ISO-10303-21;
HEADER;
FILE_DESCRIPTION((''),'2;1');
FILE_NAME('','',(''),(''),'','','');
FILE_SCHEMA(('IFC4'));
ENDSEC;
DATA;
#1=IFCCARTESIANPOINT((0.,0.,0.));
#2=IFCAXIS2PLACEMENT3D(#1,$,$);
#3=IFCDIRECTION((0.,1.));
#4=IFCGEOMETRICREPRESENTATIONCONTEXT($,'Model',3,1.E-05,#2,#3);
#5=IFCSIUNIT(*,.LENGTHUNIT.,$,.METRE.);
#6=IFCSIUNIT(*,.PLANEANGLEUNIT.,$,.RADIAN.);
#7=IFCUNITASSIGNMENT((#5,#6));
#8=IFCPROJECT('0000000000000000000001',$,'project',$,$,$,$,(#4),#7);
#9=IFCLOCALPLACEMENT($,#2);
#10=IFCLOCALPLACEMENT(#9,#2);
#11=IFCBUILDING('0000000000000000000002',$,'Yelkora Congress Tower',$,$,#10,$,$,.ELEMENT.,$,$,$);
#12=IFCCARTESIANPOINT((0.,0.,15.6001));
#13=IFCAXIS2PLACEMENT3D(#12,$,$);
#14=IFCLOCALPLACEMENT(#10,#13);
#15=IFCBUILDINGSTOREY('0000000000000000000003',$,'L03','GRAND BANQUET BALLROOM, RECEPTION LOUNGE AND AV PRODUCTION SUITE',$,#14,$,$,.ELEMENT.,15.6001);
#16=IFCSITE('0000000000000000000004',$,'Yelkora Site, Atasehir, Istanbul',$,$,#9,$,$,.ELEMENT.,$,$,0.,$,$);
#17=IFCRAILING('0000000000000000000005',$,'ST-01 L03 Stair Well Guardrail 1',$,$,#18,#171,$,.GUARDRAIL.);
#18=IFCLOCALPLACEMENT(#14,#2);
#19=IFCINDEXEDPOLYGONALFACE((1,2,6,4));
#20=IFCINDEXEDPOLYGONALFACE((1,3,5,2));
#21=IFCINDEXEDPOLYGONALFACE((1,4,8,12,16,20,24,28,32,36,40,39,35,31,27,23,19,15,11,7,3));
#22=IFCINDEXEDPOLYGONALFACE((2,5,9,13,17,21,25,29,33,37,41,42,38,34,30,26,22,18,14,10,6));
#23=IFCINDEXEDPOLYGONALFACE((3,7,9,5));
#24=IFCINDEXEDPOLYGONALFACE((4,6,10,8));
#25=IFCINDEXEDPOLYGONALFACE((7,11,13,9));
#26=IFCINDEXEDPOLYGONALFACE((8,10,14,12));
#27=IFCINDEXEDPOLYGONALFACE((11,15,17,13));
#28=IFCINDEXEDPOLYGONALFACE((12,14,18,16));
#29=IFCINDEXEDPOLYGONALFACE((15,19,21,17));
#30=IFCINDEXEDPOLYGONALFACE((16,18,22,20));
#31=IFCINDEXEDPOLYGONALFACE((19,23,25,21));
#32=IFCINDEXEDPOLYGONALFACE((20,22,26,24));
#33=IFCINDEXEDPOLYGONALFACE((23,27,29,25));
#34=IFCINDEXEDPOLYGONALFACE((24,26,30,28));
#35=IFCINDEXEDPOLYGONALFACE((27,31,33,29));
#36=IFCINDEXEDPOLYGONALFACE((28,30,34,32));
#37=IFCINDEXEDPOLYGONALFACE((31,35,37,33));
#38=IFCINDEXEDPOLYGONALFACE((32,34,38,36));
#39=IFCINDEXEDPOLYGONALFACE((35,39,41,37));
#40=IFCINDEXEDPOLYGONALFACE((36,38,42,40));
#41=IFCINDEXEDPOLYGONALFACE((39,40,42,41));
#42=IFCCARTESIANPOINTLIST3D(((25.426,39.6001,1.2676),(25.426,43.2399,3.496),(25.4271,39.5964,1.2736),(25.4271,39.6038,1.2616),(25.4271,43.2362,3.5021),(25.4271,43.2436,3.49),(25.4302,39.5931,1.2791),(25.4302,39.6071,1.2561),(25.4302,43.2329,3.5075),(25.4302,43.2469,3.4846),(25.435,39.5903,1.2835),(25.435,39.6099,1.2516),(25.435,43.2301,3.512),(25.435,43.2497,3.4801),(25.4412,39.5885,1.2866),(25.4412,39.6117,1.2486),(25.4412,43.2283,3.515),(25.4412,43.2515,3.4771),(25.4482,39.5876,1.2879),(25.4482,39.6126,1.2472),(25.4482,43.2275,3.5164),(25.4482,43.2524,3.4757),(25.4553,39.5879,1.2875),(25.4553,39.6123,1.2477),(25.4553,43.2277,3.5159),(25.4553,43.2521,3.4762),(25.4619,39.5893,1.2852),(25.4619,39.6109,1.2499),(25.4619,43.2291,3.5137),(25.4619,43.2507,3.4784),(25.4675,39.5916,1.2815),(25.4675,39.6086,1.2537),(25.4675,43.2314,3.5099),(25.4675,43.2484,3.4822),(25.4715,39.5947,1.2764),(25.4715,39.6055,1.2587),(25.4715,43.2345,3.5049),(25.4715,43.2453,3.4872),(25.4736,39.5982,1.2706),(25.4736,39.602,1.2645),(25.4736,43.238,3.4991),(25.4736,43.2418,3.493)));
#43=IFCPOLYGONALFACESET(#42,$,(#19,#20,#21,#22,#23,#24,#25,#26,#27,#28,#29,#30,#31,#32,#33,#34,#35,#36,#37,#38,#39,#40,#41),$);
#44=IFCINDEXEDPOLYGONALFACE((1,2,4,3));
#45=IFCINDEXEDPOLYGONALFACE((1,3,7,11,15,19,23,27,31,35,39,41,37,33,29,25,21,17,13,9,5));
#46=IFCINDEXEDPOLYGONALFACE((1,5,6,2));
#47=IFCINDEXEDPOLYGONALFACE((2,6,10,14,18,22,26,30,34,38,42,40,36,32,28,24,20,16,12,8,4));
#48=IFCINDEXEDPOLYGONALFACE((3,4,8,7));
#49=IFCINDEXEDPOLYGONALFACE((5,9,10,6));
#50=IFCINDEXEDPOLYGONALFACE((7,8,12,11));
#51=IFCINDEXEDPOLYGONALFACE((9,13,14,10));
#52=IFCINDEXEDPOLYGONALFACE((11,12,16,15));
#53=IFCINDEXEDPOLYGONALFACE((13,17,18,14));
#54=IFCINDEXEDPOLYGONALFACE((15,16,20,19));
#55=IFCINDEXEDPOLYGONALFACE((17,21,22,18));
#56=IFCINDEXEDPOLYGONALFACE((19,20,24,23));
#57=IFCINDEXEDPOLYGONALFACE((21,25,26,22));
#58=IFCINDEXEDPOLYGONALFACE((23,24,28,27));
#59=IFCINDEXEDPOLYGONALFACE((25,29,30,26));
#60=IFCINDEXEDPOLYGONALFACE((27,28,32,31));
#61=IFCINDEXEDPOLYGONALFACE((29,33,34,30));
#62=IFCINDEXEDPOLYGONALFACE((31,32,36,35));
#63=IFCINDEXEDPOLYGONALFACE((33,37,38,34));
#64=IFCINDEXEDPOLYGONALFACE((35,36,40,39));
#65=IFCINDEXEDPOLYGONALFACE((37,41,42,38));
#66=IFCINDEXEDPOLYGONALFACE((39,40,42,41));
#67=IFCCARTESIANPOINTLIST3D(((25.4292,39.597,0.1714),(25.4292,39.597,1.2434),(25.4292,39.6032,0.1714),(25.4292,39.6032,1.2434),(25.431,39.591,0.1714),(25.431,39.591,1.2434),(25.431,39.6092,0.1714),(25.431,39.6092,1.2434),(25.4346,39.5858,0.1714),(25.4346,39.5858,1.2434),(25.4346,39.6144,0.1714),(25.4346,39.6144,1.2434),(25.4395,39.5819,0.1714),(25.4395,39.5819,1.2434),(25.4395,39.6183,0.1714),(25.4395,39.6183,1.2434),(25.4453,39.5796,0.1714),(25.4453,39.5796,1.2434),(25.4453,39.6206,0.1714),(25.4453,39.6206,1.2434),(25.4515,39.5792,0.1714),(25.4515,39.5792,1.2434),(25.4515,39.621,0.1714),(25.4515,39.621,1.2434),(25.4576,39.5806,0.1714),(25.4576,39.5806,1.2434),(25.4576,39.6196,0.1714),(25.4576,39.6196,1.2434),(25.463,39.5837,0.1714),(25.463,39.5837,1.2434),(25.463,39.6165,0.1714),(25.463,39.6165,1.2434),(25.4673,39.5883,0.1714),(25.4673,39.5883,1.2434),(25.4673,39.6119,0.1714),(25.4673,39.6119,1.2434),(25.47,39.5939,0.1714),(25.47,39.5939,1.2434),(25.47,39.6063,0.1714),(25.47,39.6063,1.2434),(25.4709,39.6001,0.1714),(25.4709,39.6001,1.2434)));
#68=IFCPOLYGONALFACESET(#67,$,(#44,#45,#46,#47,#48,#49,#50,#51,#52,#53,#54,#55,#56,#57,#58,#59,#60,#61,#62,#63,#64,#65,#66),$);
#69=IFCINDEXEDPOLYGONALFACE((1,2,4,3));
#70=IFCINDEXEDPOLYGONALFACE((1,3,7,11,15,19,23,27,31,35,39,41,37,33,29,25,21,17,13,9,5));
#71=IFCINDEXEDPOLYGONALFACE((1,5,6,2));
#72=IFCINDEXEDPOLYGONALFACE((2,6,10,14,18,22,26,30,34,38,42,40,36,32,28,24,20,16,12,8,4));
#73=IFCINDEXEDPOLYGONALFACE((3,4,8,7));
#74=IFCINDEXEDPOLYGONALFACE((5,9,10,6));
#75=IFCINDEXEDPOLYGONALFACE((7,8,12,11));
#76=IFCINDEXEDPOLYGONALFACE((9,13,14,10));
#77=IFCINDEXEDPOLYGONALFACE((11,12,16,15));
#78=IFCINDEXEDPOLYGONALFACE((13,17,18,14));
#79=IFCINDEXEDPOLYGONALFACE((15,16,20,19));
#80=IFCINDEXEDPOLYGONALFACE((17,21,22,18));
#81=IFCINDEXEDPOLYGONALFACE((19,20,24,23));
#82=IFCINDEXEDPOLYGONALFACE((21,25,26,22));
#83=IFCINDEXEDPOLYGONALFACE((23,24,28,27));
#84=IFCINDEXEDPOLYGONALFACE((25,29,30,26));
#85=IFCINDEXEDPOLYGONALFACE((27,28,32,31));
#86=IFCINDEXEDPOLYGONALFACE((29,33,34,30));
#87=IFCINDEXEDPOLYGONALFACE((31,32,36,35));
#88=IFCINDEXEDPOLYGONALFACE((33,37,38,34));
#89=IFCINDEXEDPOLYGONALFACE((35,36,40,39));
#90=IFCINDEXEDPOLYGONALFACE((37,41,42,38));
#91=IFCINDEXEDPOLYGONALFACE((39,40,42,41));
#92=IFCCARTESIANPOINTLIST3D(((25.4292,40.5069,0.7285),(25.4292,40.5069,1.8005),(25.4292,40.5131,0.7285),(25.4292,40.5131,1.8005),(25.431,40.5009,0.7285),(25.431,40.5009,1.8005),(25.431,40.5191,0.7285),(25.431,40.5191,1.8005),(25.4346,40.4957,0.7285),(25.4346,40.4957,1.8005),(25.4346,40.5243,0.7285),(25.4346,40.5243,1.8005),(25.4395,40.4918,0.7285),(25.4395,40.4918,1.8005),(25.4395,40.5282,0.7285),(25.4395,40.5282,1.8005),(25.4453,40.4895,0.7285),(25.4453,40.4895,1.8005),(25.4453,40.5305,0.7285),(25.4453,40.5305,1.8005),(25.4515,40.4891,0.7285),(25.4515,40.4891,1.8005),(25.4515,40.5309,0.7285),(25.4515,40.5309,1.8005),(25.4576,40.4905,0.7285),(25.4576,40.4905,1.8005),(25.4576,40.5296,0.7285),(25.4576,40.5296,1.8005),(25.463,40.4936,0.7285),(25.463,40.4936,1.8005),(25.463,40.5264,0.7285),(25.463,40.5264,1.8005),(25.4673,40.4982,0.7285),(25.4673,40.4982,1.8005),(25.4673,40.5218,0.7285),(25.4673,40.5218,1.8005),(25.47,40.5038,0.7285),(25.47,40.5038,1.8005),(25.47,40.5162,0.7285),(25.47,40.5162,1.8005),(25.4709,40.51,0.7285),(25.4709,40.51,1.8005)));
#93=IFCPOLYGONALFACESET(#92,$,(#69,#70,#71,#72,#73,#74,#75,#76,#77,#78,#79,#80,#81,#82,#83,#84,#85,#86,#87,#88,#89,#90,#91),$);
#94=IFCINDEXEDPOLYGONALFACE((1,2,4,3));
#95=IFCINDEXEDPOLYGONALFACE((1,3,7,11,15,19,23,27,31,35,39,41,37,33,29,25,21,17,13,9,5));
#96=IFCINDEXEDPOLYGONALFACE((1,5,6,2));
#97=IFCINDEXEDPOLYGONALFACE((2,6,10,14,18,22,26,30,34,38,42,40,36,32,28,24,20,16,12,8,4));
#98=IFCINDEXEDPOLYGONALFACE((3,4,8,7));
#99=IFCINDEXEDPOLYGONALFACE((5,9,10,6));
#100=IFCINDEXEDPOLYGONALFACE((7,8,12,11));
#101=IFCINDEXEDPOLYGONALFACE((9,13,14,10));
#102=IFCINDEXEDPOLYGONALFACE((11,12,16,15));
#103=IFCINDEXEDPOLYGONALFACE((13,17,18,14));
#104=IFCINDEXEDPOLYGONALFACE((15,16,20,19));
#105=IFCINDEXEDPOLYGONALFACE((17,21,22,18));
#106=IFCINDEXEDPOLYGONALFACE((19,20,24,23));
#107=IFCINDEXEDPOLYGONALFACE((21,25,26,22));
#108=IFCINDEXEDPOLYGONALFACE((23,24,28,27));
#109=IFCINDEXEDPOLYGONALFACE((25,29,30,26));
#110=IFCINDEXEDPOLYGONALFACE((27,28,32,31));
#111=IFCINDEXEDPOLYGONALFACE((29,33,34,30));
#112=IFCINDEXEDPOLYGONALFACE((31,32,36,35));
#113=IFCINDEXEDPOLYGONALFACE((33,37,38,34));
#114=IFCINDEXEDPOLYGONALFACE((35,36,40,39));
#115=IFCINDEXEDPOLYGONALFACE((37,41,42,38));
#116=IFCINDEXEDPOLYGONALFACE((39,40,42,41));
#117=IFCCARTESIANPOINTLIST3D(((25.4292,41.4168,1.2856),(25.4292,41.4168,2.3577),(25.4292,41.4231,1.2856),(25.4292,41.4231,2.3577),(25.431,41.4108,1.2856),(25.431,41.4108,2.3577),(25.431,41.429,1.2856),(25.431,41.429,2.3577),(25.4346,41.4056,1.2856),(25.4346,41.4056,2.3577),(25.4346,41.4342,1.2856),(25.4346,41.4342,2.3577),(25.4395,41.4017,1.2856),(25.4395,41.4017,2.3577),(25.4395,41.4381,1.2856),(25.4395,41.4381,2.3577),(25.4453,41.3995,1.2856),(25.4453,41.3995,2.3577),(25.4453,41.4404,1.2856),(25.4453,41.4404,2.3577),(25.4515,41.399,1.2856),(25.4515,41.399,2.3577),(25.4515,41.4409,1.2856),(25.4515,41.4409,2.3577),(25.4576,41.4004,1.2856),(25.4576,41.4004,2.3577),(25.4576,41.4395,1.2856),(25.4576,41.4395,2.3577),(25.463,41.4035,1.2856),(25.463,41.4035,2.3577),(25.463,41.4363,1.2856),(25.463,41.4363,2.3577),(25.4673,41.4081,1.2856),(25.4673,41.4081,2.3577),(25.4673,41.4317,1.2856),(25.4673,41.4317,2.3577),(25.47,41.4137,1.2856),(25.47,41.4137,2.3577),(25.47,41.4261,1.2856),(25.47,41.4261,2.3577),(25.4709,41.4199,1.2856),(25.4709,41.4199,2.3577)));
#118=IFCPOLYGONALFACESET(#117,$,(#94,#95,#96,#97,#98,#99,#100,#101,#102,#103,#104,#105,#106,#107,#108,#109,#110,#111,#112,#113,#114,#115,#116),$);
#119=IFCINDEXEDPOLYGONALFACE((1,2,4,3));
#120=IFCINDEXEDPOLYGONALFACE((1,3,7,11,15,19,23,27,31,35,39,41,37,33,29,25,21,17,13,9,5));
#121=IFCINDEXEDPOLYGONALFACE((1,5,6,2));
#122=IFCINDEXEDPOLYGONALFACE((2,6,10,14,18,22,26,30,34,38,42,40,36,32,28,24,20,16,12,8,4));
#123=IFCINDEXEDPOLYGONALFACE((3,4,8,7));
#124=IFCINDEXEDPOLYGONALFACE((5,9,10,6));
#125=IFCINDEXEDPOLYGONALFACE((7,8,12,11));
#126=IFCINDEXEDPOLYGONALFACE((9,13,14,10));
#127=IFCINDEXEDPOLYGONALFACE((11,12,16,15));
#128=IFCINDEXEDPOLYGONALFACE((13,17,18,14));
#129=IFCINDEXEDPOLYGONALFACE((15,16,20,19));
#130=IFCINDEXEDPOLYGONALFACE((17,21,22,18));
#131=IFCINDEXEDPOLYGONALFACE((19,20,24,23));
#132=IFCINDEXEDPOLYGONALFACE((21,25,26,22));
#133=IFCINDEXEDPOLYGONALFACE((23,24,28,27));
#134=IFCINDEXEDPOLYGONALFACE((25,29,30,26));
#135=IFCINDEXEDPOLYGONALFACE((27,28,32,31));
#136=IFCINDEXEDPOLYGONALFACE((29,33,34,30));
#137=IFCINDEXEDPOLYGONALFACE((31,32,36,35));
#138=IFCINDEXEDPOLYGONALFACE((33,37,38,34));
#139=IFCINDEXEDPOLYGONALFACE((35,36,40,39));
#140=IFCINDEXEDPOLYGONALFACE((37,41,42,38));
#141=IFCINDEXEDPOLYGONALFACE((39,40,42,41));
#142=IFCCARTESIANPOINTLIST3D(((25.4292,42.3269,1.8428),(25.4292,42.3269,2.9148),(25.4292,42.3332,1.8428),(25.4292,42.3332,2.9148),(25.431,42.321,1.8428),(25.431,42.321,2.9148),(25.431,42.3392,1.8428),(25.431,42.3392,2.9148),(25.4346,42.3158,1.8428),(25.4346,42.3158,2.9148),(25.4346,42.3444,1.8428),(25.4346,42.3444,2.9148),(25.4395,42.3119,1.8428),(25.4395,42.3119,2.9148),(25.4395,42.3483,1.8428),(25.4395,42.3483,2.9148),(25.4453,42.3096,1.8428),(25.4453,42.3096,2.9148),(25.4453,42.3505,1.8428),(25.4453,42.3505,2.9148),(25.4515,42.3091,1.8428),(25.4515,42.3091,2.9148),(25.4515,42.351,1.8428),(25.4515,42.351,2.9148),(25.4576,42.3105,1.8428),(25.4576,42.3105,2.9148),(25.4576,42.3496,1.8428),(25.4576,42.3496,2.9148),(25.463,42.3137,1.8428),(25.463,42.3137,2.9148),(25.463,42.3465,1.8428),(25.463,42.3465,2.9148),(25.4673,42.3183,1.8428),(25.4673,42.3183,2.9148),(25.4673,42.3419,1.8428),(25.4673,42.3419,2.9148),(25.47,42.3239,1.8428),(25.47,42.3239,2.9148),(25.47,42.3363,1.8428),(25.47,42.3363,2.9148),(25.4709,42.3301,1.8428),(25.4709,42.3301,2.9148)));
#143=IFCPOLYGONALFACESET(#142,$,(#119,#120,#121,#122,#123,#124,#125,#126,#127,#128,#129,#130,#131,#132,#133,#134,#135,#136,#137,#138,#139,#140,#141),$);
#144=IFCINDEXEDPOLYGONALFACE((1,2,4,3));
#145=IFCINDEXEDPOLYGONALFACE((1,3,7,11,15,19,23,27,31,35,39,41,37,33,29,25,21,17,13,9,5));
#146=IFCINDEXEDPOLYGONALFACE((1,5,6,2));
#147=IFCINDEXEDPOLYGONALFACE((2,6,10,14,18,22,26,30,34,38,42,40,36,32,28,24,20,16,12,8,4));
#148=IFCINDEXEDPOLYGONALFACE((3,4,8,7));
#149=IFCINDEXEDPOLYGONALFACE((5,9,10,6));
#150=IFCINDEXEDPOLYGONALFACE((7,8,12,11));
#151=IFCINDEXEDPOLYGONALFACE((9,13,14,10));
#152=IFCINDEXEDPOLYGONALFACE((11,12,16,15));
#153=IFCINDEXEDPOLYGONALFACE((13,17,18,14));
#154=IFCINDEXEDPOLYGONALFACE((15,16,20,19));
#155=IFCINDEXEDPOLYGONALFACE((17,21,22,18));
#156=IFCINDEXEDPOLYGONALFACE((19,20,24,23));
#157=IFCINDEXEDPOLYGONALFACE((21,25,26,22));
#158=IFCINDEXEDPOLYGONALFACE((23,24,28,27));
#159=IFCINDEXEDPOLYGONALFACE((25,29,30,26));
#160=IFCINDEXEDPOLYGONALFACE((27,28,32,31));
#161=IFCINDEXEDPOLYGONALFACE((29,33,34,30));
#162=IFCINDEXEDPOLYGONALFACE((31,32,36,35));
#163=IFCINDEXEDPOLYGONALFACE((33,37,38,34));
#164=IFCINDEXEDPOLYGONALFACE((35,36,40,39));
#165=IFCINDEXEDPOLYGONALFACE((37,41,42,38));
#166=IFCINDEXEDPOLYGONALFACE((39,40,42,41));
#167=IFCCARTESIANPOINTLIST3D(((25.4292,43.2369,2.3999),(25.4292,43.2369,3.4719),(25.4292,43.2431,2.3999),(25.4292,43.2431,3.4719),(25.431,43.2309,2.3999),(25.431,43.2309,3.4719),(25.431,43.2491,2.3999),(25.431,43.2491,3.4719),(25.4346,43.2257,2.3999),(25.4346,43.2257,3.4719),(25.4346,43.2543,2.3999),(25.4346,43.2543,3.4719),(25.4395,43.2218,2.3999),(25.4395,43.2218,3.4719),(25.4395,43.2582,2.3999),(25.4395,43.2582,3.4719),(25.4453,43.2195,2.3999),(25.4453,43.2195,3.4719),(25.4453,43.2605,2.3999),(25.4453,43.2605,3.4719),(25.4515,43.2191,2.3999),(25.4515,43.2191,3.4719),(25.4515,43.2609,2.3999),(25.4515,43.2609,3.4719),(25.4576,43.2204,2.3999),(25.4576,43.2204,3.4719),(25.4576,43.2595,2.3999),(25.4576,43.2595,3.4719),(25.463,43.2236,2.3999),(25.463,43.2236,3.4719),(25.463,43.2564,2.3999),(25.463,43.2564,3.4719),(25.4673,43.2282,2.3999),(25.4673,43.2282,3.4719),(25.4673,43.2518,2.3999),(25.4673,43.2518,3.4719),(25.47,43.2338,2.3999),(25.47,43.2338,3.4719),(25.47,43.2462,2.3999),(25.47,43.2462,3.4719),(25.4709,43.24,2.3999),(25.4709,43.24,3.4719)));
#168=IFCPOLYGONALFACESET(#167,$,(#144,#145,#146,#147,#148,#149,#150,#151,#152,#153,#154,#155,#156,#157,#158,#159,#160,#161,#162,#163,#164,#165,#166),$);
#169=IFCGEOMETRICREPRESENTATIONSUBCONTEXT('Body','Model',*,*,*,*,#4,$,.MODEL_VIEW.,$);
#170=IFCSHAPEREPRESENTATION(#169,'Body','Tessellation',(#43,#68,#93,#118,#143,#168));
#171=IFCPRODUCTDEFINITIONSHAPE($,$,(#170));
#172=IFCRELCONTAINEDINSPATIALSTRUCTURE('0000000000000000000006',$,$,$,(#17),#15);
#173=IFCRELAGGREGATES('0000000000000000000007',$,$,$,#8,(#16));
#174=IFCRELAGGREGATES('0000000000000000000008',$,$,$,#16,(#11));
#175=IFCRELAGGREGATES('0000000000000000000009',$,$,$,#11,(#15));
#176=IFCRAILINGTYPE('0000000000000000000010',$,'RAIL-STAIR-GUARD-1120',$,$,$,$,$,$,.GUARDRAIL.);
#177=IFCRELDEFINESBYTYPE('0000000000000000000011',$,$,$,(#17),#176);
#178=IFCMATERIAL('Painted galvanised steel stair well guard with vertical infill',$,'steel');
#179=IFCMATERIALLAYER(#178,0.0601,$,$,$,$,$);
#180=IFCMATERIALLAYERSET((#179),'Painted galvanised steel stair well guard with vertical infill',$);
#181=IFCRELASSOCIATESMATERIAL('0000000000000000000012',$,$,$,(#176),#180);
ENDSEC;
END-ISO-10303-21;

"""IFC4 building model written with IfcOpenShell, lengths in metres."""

from ifc_helpers import new_model, si_unit, direction, frame, origin, origin_2d, place, context, subcontext, project, spatial, circle, extrude, material, layer, layer_set, type_object, element, save


model = new_model("IFC4")

# Units and contexts
model_context = context("Model", 3, precision=1e-05, world=origin(), true_north=direction((0.0, 1.0)))
body_context = subcontext(model_context, "Body", "Model", "MODEL_VIEW")
ifc_project = project(units=[si_unit("LENGTHUNIT", "METRE"), si_unit("PLANEANGLEUNIT", "RADIAN")], contexts=[model_context])

# Site, building, storey
site_placement = place(None, origin())
site = spatial("IfcSite", under=ifc_project, at=site_placement, Name="Yelkora Site, Atasehir, Istanbul", CompositionType="ELEMENT", RefElevation=0.0)
building_placement = place(site_placement, origin())
building = spatial("IfcBuilding", under=site, at=building_placement, Name="Yelkora Congress Tower", CompositionType="ELEMENT")
storey_placement = place(building_placement, frame((0.0, 0.0, 15.6001)))
storey = spatial("IfcBuildingStorey", under=building, at=storey_placement, Name="L03", Description="GRAND BANQUET BALLROOM, RECEPTION LOUNGE AND AV PRODUCTION SUITE", CompositionType="ELEMENT", Elevation=15.6001)

# Railing
ifc_material_1 = material(Name="Painted galvanised steel stair well guard with vertical infill", Category="steel")
ifc_layer_1 = layer(ifc_material_1, 0.0601)
ifc_layer_set_1 = layer_set([ifc_layer_1], Name="Painted galvanised steel stair well guard with vertical infill")
railing_type_1 = type_object("IfcRailingType", Name="RAIL-STAIR-GUARD-1120", PredefinedType="GUARDRAIL", material=ifc_layer_set_1)
railing_1_placement = place(storey_placement, frame((25.45, 39.6001, 0.1714)))
element("IfcRailing", 1, at=railing_1_placement, inside=storey, type_object=railing_type_1, Name="ST-01 L03 Stair Well Guardrail 1", PredefinedType="GUARDRAIL", context=body_context, shape_type="SweptSolid", body=[
    extrude(circle(Radius=0.0239, at=origin_2d()), frame((0.0, 0.0, 1.0962), z_axis=(0.0, 0.85285, 0.522156), x_axis=(-1.0, 0.0, 0.0)), (0.0, 0.0, 1.0), 4.2678),
    extrude(circle(Radius=0.021, at=origin_2d()), origin(), (0.0, 0.0, 1.0), 1.072),
    extrude(circle(Radius=0.021, at=origin_2d()), frame((0.0, 0.9099, 0.5571)), (0.0, 0.0, 1.0), 1.072),
    extrude(circle(Radius=0.021, at=origin_2d()), frame((0.0, 1.8198, 1.1143)), (0.0, 0.0, 1.0), 1.072),
    extrude(circle(Radius=0.021, at=origin_2d()), frame((0.0, 2.73, 1.6714)), (0.0, 0.0, 1.0), 1.072),
    extrude(circle(Radius=0.021, at=origin_2d()), frame((0.0, 3.6399, 2.2285)), (0.0, 0.0, 1.0), 1.072),
])

save(model, "model.ifc")
